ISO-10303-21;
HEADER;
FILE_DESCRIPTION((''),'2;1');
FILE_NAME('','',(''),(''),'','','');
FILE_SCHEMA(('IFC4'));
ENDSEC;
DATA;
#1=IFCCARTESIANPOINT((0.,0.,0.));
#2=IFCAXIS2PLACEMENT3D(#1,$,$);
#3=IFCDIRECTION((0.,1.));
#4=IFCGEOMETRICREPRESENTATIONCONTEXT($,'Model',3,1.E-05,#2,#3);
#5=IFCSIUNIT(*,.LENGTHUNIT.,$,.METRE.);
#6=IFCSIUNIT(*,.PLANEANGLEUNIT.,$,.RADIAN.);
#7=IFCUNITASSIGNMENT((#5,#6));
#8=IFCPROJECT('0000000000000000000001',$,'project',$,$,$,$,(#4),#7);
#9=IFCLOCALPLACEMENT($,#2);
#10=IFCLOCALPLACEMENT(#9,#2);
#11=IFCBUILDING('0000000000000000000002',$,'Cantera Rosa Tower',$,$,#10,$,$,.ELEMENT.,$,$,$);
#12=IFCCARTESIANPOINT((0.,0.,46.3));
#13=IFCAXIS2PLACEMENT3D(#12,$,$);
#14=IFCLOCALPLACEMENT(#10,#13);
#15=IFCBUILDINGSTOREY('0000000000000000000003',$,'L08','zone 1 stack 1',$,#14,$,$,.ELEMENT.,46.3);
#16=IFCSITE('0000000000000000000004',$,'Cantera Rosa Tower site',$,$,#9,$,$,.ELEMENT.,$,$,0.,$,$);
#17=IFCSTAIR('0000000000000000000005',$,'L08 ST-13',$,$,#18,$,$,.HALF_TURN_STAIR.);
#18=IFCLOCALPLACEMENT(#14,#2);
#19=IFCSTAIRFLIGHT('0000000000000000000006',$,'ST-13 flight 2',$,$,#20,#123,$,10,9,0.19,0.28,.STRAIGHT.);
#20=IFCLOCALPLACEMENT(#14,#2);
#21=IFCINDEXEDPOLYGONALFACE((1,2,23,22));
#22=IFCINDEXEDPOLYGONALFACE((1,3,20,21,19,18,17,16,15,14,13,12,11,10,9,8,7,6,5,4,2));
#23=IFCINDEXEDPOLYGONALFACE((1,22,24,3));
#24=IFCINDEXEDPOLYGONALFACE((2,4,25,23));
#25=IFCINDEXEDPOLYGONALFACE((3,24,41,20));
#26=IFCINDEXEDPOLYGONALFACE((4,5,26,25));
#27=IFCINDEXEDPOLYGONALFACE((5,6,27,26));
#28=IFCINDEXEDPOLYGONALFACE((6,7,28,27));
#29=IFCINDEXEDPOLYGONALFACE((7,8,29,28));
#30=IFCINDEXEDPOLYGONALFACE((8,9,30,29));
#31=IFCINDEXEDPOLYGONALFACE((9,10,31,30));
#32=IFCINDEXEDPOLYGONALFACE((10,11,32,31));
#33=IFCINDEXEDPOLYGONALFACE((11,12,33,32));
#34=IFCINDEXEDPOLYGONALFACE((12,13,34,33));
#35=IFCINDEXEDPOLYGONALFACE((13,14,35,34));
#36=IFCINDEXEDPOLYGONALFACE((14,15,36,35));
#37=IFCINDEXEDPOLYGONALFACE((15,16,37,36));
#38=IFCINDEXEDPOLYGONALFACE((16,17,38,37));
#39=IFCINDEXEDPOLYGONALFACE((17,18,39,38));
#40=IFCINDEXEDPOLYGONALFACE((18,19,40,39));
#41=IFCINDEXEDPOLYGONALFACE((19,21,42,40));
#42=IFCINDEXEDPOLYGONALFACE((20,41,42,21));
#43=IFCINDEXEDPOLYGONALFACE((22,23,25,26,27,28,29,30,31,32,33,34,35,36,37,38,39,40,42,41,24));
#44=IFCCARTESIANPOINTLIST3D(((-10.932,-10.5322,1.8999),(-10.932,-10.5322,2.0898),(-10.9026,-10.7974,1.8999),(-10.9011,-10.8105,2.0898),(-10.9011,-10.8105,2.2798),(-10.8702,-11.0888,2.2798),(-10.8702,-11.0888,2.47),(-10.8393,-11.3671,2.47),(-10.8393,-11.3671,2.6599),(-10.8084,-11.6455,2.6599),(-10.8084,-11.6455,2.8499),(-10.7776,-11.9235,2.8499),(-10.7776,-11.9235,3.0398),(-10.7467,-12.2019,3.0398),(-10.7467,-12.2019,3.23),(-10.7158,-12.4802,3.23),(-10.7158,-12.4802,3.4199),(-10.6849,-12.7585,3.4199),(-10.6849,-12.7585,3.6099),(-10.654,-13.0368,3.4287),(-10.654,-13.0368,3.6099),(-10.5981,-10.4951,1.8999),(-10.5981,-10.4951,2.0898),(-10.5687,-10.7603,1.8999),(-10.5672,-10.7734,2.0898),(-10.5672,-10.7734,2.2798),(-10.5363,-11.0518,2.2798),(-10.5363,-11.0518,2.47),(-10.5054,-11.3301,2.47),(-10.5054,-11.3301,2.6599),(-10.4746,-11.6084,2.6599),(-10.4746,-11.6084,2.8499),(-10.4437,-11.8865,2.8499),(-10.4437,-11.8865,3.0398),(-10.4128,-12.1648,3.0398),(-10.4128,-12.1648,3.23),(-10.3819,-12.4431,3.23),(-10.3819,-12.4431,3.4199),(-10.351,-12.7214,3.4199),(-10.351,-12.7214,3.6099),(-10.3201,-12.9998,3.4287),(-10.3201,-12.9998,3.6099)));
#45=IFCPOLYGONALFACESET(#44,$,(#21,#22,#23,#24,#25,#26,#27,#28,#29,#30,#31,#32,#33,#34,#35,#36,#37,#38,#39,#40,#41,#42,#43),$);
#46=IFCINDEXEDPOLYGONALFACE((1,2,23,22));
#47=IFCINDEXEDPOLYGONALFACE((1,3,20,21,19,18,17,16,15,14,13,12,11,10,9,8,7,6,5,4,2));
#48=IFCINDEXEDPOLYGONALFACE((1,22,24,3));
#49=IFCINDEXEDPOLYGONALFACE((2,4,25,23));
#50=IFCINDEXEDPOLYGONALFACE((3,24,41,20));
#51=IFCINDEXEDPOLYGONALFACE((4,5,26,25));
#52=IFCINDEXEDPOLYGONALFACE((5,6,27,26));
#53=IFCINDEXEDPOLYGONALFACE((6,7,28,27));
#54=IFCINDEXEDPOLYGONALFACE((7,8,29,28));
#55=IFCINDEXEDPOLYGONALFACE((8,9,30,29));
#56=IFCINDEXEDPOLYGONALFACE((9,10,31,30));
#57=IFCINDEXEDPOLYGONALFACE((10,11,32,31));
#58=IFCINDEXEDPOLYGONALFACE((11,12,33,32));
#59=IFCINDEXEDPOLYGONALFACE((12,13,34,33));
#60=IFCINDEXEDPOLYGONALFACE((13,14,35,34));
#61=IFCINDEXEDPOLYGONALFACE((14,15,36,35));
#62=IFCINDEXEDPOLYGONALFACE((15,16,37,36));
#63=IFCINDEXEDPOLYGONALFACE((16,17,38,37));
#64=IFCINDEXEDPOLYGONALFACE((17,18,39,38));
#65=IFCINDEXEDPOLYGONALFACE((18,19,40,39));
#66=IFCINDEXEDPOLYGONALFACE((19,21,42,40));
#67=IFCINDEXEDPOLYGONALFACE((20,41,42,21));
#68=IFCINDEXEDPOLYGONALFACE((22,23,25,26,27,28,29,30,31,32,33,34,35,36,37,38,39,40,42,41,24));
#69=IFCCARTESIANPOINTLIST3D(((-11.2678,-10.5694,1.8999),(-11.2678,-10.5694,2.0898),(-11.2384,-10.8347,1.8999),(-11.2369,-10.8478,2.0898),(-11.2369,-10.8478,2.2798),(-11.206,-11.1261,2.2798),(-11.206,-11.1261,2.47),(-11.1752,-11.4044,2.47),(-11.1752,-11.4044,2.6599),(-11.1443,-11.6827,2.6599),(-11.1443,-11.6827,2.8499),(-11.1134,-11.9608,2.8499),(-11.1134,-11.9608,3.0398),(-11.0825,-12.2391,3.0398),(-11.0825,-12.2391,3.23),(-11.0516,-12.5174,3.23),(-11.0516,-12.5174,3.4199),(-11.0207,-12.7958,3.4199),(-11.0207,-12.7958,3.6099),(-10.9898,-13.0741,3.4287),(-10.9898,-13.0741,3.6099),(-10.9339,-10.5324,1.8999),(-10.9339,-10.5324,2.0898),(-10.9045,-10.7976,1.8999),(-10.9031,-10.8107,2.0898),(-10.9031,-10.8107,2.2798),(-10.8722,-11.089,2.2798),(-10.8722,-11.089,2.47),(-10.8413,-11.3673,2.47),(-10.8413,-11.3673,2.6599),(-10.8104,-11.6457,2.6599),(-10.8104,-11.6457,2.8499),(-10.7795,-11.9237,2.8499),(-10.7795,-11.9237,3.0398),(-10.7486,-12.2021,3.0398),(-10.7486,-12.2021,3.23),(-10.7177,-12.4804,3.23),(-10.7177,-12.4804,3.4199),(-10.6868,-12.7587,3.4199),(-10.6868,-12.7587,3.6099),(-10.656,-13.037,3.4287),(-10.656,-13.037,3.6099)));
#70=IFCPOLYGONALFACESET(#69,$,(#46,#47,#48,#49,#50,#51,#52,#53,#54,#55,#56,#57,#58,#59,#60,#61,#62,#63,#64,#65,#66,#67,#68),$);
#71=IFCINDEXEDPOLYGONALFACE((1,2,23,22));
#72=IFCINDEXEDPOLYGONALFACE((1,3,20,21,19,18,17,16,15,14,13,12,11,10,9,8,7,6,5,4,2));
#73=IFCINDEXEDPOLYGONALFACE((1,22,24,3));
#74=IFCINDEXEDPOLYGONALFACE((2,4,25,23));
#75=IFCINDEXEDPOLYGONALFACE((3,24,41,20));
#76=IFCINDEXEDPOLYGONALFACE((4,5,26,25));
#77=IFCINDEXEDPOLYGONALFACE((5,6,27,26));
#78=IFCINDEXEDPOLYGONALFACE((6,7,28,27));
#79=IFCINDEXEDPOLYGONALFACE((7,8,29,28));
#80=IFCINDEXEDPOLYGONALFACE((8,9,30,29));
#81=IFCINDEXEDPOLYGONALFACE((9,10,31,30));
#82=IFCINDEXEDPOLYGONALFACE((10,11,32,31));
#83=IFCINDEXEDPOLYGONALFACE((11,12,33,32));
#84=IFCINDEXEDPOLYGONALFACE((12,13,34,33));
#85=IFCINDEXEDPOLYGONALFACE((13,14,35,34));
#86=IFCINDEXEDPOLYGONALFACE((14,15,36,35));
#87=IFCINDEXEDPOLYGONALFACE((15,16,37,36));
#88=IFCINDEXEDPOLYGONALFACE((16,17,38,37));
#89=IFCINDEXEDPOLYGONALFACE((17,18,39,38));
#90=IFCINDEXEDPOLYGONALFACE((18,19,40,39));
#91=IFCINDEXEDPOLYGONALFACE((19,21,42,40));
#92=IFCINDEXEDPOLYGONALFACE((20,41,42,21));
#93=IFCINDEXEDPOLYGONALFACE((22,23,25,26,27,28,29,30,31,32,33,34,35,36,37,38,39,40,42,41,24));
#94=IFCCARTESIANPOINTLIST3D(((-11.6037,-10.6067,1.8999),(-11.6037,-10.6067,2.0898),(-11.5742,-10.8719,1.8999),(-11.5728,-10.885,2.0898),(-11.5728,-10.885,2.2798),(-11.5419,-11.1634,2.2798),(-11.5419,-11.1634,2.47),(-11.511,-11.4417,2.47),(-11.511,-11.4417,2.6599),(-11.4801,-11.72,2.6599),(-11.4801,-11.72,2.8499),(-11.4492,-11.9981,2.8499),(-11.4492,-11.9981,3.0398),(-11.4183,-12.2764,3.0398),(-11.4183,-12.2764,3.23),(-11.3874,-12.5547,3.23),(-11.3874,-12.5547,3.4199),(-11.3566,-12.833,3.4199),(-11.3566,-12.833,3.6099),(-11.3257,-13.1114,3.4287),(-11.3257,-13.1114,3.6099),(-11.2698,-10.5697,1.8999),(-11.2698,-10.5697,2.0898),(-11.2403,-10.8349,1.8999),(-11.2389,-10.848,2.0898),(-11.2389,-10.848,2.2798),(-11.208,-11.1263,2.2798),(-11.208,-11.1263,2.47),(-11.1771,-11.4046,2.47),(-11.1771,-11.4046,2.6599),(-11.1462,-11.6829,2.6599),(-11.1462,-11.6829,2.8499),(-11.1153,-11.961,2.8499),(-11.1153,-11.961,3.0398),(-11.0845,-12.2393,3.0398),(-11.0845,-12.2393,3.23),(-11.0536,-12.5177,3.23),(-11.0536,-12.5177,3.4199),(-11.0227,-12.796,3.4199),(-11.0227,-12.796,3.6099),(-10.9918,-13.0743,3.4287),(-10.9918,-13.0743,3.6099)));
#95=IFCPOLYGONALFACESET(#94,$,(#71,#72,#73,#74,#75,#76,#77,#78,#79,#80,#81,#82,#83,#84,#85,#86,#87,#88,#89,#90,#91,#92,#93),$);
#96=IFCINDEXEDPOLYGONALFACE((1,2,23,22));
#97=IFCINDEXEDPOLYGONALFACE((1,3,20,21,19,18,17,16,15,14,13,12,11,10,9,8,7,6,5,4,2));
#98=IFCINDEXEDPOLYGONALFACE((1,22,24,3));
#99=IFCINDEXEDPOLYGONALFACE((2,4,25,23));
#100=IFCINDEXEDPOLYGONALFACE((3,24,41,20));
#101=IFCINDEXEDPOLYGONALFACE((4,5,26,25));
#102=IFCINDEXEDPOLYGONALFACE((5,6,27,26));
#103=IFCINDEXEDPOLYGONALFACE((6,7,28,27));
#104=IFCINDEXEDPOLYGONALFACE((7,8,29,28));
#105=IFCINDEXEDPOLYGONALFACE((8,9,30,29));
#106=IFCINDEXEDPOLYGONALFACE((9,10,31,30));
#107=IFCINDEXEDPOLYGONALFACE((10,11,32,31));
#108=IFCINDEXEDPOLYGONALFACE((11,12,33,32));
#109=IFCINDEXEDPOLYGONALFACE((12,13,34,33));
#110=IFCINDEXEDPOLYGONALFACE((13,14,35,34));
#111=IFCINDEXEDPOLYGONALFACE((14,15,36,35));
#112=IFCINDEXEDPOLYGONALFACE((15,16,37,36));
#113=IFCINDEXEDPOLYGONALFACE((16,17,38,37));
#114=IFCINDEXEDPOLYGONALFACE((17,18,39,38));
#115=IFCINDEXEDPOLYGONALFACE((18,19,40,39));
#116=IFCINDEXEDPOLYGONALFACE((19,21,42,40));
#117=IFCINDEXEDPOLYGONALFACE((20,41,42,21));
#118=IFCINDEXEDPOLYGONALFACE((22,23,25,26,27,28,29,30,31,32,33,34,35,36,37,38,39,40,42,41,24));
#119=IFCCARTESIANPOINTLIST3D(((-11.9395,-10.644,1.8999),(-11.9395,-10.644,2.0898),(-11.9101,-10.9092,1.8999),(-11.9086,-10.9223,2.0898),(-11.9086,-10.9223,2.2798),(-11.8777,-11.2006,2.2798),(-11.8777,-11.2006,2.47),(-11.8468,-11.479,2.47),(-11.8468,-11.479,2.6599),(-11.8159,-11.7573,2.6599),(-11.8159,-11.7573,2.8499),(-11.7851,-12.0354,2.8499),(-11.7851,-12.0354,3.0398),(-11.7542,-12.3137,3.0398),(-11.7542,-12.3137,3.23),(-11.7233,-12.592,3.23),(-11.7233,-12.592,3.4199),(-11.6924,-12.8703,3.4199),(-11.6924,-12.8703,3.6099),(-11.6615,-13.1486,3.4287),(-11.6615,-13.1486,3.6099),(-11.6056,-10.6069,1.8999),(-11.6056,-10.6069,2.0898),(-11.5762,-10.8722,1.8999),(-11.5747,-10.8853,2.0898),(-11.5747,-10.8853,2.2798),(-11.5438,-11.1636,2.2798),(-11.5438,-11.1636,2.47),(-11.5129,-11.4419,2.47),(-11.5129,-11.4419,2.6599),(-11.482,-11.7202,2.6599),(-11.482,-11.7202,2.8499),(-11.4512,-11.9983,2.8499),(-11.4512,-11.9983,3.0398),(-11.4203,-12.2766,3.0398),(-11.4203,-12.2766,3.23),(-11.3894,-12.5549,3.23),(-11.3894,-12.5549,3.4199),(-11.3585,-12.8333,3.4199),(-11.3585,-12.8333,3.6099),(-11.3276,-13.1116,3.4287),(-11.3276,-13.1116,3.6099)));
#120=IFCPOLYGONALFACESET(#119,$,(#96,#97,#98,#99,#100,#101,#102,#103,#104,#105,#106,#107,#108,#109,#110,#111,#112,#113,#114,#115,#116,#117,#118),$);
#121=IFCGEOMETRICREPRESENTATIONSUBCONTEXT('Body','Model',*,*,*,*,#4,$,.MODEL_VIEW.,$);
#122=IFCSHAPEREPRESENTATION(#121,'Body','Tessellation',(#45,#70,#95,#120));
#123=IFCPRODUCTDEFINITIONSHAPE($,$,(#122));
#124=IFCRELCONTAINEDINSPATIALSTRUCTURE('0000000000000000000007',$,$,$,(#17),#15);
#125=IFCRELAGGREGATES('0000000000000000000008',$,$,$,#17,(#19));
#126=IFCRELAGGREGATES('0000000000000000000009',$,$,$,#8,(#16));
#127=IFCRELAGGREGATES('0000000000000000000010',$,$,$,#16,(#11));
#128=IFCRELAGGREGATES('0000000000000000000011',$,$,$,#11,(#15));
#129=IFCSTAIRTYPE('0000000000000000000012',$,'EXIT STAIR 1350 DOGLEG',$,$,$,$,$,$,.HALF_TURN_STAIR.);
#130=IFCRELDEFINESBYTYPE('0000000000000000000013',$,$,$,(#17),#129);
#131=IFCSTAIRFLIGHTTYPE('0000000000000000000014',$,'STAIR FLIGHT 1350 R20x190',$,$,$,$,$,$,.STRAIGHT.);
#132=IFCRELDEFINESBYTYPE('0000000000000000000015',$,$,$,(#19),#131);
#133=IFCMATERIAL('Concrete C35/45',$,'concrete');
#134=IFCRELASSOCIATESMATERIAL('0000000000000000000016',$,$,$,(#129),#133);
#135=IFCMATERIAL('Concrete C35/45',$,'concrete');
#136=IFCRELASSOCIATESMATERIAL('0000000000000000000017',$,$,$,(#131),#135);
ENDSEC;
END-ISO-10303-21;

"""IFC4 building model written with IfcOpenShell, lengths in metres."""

from ifc_helpers import new_model, si_unit, direction, frame, origin, place, context, subcontext, project, spatial, polyline, outline, extrude, material, type_object, element, aggregate, save


model = new_model("IFC4")

# Units and contexts
model_context = context("Model", 3, precision=1e-05, world=origin(), true_north=direction((0.0, 1.0)))
body_context = subcontext(model_context, "Body", "Model", "MODEL_VIEW")
ifc_project = project(units=[si_unit("LENGTHUNIT", "METRE"), si_unit("PLANEANGLEUNIT", "RADIAN")], contexts=[model_context])

# Site, building, storey
site_placement = place(None, origin())
site = spatial("IfcSite", under=ifc_project, at=site_placement, Name="Cantera Rosa Tower site", CompositionType="ELEMENT", RefElevation=0.0)
building_placement = place(site_placement, origin())
building = spatial("IfcBuilding", under=site, at=building_placement, Name="Cantera Rosa Tower", CompositionType="ELEMENT")
storey_placement = place(building_placement, frame((0.0, 0.0, 46.3)))
storey = spatial("IfcBuildingStorey", under=building, at=storey_placement, Name="L08", Description="zone 1 stack 1", CompositionType="ELEMENT", Elevation=46.3)

# Stair, stair flight
ifc_material_1 = material(Name="Concrete C35/45", Category="concrete")
stair_type = type_object("IfcStairType", Name="EXIT STAIR 1350 DOGLEG", PredefinedType="HALF_TURN_STAIR", material=ifc_material_1)
stair_placement = place(storey_placement, origin())
stair = element("IfcStair", 1, at=stair_placement, inside=storey, type_object=stair_type, Name="L08 ST-13", PredefinedType="HALF_TURN_STAIR")
ifc_material_2 = material(Name="Concrete C35/45", Category="concrete")
stair_flight_type = type_object("IfcStairFlightType", Name="STAIR FLIGHT 1350 R20x190", PredefinedType="STRAIGHT", material=ifc_material_2)
stair_flight_placement = place(storey_placement, frame((-11.269, -10.5696, 1.8999), z_axis=(0.0, 0.0, 1.0), x_axis=(0.110313, -0.993897, 0.0)))
stair_flight = element("IfcStairFlight", 2, at=stair_flight_placement, type_object=stair_flight_type, Name="ST-13 flight 2", NumberOfRisers=10, NumberOfTreads=9, PredefinedType="STRAIGHT", RiserHeight=0.19, TreadLength=0.28, context=body_context, shape_type="SweptSolid", body=[
    extrude(outline(polyline([(0.0, 0.0), (0.0, 0.1899), (0.28, 0.1899), (0.28, 0.3799), (0.5601, 0.3799), (0.5601, 0.5701), (0.8401, 0.5701), (0.8401, 0.76), (1.1201, 0.76), (1.1201, 0.95), (1.3999, 0.95), (1.3999, 1.1399), (1.6799, 1.1399), (1.6799, 1.3301), (1.96, 1.3301), (1.96, 1.52), (2.24, 1.52), (2.24, 1.71), (2.52, 1.71), (2.52, 1.8999), (2.52, 1.5288), (0.2668, 0.0), (0.0, 0.0)])), frame((0.0, 0.675, 0.0), z_axis=(0.0, -1.0, 0.0), x_axis=(1.0, 0.0, 0.0)), (0.0, 0.0, 1.0), 0.3359),
    extrude(outline(polyline([(0.0, 0.0), (0.0, 0.1899), (0.28, 0.1899), (0.28, 0.3799), (0.5601, 0.3799), (0.5601, 0.5701), (0.8401, 0.5701), (0.8401, 0.76), (1.1201, 0.76), (1.1201, 0.95), (1.3999, 0.95), (1.3999, 1.1399), (1.6799, 1.1399), (1.6799, 1.3301), (1.96, 1.3301), (1.96, 1.52), (2.24, 1.52), (2.24, 1.71), (2.52, 1.71), (2.52, 1.8999), (2.52, 1.5288), (0.2668, 0.0), (0.0, 0.0)])), frame((0.0, 0.3372, 0.0), z_axis=(0.0, -1.0, 0.0), x_axis=(1.0, 0.0, 0.0)), (0.0, 0.0, 1.0), 0.3359),
    extrude(outline(polyline([(0.0, 0.0), (0.0, 0.1899), (0.28, 0.1899), (0.28, 0.3799), (0.5601, 0.3799), (0.5601, 0.5701), (0.8401, 0.5701), (0.8401, 0.76), (1.1201, 0.76), (1.1201, 0.95), (1.3999, 0.95), (1.3999, 1.1399), (1.6799, 1.1399), (1.6799, 1.3301), (1.96, 1.3301), (1.96, 1.52), (2.24, 1.52), (2.24, 1.71), (2.52, 1.71), (2.52, 1.8999), (2.52, 1.5288), (0.2668, 0.0), (0.0, 0.0)])), frame((0.0, -0.0007, 0.0), z_axis=(0.0, -1.0, 0.0), x_axis=(1.0, 0.0, 0.0)), (0.0, 0.0, 1.0), 0.3359),
    extrude(outline(polyline([(0.0, 0.0), (0.0, 0.1899), (0.28, 0.1899), (0.28, 0.3799), (0.5601, 0.3799), (0.5601, 0.5701), (0.8401, 0.5701), (0.8401, 0.76), (1.1201, 0.76), (1.1201, 0.95), (1.3999, 0.95), (1.3999, 1.1399), (1.6799, 1.1399), (1.6799, 1.3301), (1.96, 1.3301), (1.96, 1.52), (2.24, 1.52), (2.24, 1.71), (2.52, 1.71), (2.52, 1.8999), (2.52, 1.5288), (0.2668, 0.0), (0.0, 0.0)])), frame((0.0, -0.3386, 0.0), z_axis=(0.0, -1.0, 0.0), x_axis=(1.0, 0.0, 0.0)), (0.0, 0.0, 1.0), 0.3359),
])
aggregate(stair, [stair_flight])

save(model, "model.ifc")
